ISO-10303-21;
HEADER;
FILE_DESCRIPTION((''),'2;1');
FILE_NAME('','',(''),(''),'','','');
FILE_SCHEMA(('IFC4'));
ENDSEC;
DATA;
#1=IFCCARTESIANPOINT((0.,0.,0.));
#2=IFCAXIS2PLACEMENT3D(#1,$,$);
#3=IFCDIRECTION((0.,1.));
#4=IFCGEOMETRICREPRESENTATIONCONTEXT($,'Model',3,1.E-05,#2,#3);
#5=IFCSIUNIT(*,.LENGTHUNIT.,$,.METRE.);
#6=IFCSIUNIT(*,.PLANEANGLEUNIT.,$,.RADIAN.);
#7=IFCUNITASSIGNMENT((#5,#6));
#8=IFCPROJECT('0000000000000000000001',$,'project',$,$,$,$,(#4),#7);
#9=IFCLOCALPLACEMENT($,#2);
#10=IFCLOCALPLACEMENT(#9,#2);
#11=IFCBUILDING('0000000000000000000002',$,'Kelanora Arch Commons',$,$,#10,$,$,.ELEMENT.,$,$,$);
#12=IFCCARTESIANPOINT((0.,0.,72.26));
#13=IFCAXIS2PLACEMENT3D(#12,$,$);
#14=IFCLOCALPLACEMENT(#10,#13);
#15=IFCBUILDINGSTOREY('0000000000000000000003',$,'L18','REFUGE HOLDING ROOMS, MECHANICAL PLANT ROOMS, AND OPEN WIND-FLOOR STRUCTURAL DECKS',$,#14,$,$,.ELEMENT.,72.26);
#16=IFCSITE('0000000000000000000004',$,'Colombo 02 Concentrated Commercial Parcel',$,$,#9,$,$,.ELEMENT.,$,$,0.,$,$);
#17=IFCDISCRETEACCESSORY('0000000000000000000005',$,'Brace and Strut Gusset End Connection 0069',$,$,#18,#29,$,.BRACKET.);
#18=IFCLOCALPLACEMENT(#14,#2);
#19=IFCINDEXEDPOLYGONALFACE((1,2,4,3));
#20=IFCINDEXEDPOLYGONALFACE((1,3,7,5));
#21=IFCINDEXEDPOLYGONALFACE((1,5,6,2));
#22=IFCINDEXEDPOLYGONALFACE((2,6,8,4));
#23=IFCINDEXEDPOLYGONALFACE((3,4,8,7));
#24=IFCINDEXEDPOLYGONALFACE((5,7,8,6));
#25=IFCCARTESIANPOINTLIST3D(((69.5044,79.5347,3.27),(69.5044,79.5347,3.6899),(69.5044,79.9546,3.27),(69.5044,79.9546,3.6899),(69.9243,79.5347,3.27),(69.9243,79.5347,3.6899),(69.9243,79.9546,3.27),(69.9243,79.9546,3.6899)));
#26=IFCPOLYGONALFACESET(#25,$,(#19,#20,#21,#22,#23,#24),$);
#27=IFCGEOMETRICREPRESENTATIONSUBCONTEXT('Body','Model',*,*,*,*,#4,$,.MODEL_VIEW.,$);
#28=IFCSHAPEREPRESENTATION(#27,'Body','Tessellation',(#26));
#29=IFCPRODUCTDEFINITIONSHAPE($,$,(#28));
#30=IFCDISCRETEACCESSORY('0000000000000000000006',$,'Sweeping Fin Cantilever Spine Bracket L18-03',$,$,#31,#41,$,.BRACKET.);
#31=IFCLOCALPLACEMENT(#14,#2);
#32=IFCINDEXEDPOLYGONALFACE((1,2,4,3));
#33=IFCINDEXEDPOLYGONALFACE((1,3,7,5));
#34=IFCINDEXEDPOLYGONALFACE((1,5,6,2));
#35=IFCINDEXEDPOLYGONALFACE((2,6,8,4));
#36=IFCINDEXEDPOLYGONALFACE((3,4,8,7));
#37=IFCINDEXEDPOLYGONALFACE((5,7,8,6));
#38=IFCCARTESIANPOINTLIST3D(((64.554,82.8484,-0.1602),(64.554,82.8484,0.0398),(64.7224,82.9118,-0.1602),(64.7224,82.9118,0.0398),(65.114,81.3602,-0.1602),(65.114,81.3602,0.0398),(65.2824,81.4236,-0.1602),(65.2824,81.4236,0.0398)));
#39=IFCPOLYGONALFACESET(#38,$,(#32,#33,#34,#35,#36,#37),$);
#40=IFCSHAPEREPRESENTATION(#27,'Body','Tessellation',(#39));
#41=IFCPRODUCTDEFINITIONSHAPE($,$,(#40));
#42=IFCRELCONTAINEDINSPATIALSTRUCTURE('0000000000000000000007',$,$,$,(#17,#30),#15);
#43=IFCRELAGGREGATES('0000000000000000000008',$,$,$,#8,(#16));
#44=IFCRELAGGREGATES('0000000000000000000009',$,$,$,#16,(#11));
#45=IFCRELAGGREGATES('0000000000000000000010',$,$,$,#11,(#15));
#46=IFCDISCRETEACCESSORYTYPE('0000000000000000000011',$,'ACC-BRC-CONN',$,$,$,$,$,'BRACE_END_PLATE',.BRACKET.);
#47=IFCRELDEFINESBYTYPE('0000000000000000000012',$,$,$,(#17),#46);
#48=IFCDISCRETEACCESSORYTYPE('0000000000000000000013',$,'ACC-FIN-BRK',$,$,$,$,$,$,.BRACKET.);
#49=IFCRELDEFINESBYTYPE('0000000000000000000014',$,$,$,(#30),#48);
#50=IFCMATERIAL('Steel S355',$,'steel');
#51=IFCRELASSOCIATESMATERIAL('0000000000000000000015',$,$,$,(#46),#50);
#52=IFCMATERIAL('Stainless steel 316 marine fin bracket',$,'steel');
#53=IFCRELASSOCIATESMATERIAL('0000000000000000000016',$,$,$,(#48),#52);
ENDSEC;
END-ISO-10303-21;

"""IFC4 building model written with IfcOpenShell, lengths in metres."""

from ifc_helpers import new_model, si_unit, direction, frame, origin, origin_2d, place, context, subcontext, project, spatial, rectangle, extrude, source, transform, mapped, material, type_object, element, save


model = new_model("IFC4")

# Units and contexts
model_context = context("Model", 3, precision=1e-05, world=origin(), true_north=direction((0.0, 1.0)))
body_context = subcontext(model_context, "Body", "Model", "MODEL_VIEW")
ifc_project = project(units=[si_unit("LENGTHUNIT", "METRE"), si_unit("PLANEANGLEUNIT", "RADIAN")], contexts=[model_context])

# Site, building, storey
site_placement = place(None, origin())
site = spatial("IfcSite", under=ifc_project, at=site_placement, Name="Colombo 02 Concentrated Commercial Parcel", CompositionType="ELEMENT", RefElevation=0.0)
building_placement = place(site_placement, origin())
building = spatial("IfcBuilding", under=site, at=building_placement, Name="Kelanora Arch Commons", CompositionType="ELEMENT")
storey_placement = place(building_placement, frame((0.0, 0.0, 72.26)))
storey = spatial("IfcBuildingStorey", under=building, at=storey_placement, Name="L18", Description="REFUGE HOLDING ROOMS, MECHANICAL PLANT ROOMS, AND OPEN WIND-FLOOR STRUCTURAL DECKS", CompositionType="ELEMENT", Elevation=72.26)

# Shared definitions
ifc_material_1 = material(Name="Steel S355", Category="steel")

# Discrete accessories
discrete_accessory_type_1 = type_object("IfcDiscreteAccessoryType", Name="ACC-BRC-CONN", ElementType="BRACE_END_PLATE", PredefinedType="BRACKET", material=ifc_material_1)
shared_shape_1 = source(origin(), body_context, "Body", "SweptSolid", [
    extrude(rectangle(XDim=0.4199, YDim=0.4199, at=origin_2d()), origin(), (0.0, 0.0, 1.0), 0.4199),
])
discrete_accessory_1_placement = place(storey_placement, frame((69.7144, 79.7446, 3.27), z_axis=(0.0, 0.0, 1.0), x_axis=(-1.0, 0.0, 0.0)))
element("IfcDiscreteAccessory", 1, at=discrete_accessory_1_placement, inside=storey, type_object=discrete_accessory_type_1, Name="Brace and Strut Gusset End Connection 0069", PredefinedType="BRACKET", context=body_context, shape_type="MappedRepresentation", body=[
    mapped(shared_shape_1, transform((0.0, 0.0, 0.0), scale=1.0)),
])
ifc_material_2 = material(Name="Stainless steel 316 marine fin bracket", Category="steel")
discrete_accessory_type_2 = type_object("IfcDiscreteAccessoryType", Name="ACC-FIN-BRK", PredefinedType="BRACKET", material=ifc_material_2)
shared_shape_2 = source(origin(), body_context, "Body", "SweptSolid", [
    extrude(rectangle(XDim=1.5901, YDim=0.1799, at=origin_2d()), origin(), (0.0, 0.0, 1.0), 0.2),
])
discrete_accessory_2_placement = place(storey_placement, frame((64.9182, 82.136, -0.1602), z_axis=(0.0, 0.0, 1.0), x_axis=(-0.352168, 0.935937, 0.0)))
element("IfcDiscreteAccessory", 2, at=discrete_accessory_2_placement, inside=storey, type_object=discrete_accessory_type_2, Name="Sweeping Fin Cantilever Spine Bracket L18-03", PredefinedType="BRACKET", context=body_context, shape_type="MappedRepresentation", body=[
    mapped(shared_shape_2, transform((0.0, 0.0, 0.0), scale=1.0)),
])

save(model, "model.ifc")
